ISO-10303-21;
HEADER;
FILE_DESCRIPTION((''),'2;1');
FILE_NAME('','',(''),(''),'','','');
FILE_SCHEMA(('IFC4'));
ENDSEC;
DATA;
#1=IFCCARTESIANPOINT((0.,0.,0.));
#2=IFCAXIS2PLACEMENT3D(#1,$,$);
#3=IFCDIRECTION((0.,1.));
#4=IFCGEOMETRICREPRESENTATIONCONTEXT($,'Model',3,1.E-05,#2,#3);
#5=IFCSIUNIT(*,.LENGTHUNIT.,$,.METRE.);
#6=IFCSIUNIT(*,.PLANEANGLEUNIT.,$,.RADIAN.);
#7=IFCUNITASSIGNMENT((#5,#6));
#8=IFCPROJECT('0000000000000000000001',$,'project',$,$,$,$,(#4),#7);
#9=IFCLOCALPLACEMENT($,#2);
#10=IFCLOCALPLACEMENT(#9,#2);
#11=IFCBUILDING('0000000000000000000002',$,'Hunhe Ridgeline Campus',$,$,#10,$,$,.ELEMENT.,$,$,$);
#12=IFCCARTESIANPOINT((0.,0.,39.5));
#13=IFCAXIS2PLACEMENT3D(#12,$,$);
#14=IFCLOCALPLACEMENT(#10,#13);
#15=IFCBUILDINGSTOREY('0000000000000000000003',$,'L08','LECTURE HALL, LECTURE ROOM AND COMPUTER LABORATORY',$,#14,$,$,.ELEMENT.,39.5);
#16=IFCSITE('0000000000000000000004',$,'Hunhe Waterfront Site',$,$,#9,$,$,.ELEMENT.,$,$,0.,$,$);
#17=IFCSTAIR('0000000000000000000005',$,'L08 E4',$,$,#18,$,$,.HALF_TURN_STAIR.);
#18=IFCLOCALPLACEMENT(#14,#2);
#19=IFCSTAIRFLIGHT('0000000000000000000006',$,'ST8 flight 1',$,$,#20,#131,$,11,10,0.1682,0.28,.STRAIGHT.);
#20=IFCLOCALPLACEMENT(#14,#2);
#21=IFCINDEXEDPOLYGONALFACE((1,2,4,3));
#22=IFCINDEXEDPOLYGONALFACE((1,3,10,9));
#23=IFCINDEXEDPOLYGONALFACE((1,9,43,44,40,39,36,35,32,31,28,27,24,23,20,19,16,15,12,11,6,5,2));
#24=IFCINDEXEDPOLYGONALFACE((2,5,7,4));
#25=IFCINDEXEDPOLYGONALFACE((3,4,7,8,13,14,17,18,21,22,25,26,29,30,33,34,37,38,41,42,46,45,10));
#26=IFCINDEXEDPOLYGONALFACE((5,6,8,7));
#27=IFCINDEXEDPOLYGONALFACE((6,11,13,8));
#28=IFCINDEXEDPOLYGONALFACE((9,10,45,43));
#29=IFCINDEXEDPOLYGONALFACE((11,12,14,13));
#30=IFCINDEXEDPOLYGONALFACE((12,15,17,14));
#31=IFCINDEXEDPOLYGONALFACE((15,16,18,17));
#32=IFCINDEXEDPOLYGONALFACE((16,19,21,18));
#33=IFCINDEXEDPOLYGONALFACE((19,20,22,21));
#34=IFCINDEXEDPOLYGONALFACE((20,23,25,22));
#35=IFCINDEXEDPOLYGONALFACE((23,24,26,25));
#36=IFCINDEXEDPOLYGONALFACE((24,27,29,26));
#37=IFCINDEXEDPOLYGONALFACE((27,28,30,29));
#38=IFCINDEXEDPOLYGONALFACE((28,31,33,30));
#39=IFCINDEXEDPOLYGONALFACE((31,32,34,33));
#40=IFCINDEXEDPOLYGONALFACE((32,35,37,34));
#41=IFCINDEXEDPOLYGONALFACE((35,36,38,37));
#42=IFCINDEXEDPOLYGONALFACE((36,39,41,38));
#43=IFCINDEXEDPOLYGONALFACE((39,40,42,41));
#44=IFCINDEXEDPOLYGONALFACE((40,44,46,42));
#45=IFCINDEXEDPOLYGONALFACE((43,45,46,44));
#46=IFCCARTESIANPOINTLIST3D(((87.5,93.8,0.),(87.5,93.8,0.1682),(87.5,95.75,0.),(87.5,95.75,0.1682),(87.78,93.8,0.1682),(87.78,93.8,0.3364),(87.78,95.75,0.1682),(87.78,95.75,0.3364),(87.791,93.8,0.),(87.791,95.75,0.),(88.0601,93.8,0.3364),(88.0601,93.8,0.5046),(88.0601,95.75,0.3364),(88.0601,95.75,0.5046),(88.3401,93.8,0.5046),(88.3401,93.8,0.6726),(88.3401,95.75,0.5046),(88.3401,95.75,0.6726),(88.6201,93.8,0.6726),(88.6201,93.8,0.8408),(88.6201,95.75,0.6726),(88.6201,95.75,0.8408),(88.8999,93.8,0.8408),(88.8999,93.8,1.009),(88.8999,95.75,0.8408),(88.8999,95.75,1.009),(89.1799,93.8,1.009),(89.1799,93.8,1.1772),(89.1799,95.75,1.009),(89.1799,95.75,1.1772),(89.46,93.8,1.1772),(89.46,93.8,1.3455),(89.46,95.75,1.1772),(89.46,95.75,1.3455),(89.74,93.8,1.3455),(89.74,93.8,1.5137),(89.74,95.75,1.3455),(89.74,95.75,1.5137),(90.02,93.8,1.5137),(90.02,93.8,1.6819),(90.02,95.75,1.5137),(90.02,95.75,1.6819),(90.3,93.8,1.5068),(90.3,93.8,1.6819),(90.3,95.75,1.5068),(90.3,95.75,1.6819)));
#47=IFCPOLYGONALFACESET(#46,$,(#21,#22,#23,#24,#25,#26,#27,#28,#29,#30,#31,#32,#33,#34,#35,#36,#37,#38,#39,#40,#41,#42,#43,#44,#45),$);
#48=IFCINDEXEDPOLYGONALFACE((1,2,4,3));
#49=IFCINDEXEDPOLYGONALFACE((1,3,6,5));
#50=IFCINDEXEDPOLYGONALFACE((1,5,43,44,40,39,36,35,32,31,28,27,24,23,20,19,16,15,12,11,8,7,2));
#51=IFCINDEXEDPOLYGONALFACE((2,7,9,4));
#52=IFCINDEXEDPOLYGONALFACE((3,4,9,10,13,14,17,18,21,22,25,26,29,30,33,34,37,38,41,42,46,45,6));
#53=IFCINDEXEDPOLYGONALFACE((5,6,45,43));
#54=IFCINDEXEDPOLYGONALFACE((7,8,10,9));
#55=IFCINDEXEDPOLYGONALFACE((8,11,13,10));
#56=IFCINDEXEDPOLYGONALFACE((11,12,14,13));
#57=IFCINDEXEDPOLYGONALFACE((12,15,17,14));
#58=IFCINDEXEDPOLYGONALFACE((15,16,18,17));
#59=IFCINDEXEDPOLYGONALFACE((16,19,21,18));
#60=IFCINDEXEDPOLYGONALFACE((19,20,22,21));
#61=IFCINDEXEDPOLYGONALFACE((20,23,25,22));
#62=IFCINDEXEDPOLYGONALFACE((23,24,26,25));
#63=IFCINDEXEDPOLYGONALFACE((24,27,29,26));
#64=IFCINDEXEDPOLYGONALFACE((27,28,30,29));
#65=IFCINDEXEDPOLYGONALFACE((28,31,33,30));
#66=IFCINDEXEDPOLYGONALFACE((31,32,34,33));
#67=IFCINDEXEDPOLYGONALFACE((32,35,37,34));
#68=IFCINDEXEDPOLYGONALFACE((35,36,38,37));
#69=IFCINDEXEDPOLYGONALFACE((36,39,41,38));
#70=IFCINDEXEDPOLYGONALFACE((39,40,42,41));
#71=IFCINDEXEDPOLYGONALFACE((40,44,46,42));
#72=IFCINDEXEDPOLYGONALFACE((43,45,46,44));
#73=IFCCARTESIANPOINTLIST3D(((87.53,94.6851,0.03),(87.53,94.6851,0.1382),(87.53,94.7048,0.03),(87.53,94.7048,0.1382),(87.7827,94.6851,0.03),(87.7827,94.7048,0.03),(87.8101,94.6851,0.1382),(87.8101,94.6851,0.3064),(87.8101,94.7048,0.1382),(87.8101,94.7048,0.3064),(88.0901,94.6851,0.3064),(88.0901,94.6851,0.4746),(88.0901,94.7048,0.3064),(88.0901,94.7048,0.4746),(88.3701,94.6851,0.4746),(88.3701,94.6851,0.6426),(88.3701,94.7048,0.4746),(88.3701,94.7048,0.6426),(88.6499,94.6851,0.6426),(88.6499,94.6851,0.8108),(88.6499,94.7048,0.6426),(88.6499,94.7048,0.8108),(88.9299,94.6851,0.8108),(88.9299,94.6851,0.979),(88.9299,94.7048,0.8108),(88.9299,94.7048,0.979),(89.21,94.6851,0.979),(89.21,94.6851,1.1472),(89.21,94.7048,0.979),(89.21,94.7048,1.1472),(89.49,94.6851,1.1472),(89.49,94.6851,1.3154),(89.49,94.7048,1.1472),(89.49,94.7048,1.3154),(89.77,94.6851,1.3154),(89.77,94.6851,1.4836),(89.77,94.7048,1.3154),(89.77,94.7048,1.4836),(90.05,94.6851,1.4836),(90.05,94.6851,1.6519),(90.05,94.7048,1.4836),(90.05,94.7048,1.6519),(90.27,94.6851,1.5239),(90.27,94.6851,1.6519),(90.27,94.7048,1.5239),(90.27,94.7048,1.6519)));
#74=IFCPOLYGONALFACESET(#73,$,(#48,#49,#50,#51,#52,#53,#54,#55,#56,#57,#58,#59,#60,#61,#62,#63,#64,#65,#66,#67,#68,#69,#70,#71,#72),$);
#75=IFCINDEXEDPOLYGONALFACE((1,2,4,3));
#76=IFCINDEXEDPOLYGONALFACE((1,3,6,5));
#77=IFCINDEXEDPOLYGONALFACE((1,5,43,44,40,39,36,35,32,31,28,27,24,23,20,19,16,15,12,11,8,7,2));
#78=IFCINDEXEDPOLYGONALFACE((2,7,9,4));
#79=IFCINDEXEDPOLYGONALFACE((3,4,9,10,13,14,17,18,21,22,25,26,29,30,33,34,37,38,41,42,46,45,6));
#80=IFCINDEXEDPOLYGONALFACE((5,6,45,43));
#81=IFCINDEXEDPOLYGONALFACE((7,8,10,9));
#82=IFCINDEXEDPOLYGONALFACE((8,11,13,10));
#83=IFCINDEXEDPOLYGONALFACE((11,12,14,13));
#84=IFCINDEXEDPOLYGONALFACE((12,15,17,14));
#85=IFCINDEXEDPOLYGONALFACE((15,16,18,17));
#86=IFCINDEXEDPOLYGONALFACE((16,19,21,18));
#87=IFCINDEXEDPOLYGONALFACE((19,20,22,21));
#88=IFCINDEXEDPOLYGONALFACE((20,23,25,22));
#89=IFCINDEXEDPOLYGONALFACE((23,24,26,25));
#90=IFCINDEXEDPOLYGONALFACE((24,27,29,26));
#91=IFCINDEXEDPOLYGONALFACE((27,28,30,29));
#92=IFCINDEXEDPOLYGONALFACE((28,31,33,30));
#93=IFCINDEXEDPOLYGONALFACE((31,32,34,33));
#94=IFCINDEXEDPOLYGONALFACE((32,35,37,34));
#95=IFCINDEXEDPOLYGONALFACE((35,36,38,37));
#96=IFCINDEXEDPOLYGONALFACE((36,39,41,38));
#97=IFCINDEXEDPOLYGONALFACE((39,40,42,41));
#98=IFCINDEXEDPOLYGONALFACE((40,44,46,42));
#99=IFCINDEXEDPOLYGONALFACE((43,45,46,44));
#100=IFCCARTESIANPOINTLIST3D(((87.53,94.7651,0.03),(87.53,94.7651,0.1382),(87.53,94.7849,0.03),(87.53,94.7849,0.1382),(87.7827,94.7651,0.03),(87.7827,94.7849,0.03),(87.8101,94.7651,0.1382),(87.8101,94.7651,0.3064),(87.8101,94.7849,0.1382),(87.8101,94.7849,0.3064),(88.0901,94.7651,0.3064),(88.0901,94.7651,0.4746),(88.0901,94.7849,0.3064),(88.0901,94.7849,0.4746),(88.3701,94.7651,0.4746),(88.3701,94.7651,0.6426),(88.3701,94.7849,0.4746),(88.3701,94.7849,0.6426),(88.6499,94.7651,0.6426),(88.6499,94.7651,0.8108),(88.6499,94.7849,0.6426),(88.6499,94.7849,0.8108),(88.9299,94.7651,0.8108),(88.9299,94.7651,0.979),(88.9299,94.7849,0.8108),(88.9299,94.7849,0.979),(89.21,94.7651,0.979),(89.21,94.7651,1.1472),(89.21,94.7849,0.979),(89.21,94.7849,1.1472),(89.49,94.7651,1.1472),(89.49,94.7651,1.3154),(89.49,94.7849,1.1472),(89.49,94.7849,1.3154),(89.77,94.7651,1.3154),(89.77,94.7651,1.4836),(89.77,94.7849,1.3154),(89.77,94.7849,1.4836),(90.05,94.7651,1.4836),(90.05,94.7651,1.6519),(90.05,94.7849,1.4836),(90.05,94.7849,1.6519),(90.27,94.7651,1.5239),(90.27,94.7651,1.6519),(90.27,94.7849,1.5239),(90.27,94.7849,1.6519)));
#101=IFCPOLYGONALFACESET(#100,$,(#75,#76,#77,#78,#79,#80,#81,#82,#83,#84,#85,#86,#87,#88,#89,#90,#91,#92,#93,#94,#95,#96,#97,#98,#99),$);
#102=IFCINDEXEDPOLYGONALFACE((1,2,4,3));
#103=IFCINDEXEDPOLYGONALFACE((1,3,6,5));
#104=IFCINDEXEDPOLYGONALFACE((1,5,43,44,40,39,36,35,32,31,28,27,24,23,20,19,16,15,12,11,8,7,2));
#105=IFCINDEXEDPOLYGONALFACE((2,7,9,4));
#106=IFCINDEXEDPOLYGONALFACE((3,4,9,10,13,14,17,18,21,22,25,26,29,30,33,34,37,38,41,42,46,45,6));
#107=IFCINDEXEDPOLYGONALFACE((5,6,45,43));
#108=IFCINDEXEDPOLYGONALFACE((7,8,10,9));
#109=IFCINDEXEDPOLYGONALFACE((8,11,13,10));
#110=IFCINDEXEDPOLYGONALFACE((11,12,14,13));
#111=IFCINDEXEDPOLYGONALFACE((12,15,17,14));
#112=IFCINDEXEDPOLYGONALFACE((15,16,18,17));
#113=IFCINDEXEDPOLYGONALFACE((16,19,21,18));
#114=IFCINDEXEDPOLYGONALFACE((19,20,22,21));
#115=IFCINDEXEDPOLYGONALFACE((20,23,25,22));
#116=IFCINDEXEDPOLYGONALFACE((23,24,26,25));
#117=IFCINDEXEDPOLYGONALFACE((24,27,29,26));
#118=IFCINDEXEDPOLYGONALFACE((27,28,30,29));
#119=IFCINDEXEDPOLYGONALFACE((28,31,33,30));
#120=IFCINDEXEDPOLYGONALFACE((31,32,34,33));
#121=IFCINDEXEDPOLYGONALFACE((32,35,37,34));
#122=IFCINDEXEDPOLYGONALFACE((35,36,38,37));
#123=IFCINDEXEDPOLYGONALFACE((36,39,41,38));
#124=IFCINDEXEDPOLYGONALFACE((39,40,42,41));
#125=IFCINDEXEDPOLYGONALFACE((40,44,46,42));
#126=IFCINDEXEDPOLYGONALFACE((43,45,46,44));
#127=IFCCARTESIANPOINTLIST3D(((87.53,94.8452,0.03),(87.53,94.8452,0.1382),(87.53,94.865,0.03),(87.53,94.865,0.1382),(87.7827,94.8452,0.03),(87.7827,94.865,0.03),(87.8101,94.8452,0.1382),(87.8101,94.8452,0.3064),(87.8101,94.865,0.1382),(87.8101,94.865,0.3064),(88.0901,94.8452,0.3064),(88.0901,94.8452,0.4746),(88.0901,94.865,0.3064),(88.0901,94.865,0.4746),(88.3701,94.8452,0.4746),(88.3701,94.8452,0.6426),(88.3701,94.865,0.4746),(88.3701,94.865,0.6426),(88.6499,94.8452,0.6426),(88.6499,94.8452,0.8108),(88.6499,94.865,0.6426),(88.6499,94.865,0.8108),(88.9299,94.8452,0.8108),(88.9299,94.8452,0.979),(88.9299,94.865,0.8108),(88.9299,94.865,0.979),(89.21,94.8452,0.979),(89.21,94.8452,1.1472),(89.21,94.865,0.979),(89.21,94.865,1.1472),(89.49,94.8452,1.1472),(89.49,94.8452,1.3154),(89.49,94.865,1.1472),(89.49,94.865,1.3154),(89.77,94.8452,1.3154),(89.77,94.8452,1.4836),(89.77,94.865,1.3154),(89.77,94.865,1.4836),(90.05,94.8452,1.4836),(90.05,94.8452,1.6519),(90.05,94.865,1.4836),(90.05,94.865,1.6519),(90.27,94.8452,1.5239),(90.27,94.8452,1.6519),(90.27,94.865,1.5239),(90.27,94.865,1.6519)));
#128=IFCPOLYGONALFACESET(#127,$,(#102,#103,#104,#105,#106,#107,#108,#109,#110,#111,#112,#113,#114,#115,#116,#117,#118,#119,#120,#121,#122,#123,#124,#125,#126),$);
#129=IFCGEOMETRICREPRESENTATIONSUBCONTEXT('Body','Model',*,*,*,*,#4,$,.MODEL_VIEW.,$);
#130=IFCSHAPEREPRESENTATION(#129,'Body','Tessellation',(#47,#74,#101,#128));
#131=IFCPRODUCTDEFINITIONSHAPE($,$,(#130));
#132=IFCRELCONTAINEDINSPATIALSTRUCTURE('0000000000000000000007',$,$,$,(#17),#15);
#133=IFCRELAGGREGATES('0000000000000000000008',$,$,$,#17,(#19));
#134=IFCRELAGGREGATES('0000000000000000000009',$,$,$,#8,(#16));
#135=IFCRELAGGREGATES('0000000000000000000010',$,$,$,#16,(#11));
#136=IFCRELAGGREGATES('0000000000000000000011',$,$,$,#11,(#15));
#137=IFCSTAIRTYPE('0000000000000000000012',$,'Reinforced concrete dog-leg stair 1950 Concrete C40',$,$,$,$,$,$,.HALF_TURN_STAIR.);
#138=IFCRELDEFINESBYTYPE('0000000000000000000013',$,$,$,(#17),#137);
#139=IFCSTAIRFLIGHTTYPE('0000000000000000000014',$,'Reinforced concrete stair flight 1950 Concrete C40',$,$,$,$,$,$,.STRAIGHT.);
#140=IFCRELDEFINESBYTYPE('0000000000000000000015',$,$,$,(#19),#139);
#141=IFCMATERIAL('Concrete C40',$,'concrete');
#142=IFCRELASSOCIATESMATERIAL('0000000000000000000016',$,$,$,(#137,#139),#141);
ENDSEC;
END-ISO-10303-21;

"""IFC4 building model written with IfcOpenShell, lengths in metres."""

from ifc_helpers import new_model, si_unit, direction, frame, origin, place, context, subcontext, project, spatial, polyline, outline, extrude, material, type_object, element, aggregate, save


model = new_model("IFC4")

# Units and contexts
model_context = context("Model", 3, precision=1e-05, world=origin(), true_north=direction((0.0, 1.0)))
body_context = subcontext(model_context, "Body", "Model", "MODEL_VIEW")
ifc_project = project(units=[si_unit("LENGTHUNIT", "METRE"), si_unit("PLANEANGLEUNIT", "RADIAN")], contexts=[model_context])

# Site, building, storey
site_placement = place(None, origin())
site = spatial("IfcSite", under=ifc_project, at=site_placement, Name="Hunhe Waterfront Site", CompositionType="ELEMENT", RefElevation=0.0)
building_placement = place(site_placement, origin())
building = spatial("IfcBuilding", under=site, at=building_placement, Name="Hunhe Ridgeline Campus", CompositionType="ELEMENT")
storey_placement = place(building_placement, frame((0.0, 0.0, 39.5)))
storey = spatial("IfcBuildingStorey", under=building, at=storey_placement, Name="L08", Description="LECTURE HALL, LECTURE ROOM AND COMPUTER LABORATORY", CompositionType="ELEMENT", Elevation=39.5)

# Stair, stair flight
ifc_material_1 = material(Name="Concrete C40", Category="concrete")
stair_type = type_object("IfcStairType", Name="Reinforced concrete dog-leg stair 1950 Concrete C40", PredefinedType="HALF_TURN_STAIR", material=ifc_material_1)
stair_placement = place(storey_placement, origin())
stair = element("IfcStair", 1, at=stair_placement, inside=storey, type_object=stair_type, Name="L08 E4", PredefinedType="HALF_TURN_STAIR")
stair_flight_type = type_object("IfcStairFlightType", Name="Reinforced concrete stair flight 1950 Concrete C40", PredefinedType="STRAIGHT", material=ifc_material_1)
stair_flight_1_placement = place(storey_placement, frame((87.5, 94.7749, 0.0), z_axis=(0.0, 0.0, 1.0), x_axis=(1.0, 0.0, 0.0)))
stair_flight_1 = element("IfcStairFlight", 2, at=stair_flight_1_placement, type_object=stair_flight_type, Name="ST8 flight 1", NumberOfRisers=11, NumberOfTreads=10, PredefinedType="STRAIGHT", RiserHeight=0.1682, TreadLength=0.28, context=body_context, shape_type="SweptSolid", body=[
    extrude(outline(polyline([(0.0, 0.0), (0.0, 0.1682), (0.28, 0.1682), (0.28, 0.3364), (0.5601, 0.3364), (0.5601, 0.5046), (0.8401, 0.5046), (0.8401, 0.6726), (1.1201, 0.6726), (1.1201, 0.8408), (1.3999, 0.8408), (1.3999, 1.009), (1.6799, 1.009), (1.6799, 1.1772), (1.96, 1.1772), (1.96, 1.3455), (2.24, 1.3455), (2.24, 1.5137), (2.52, 1.5137), (2.52, 1.6819), (2.8, 1.6819), (2.8, 1.8501), (2.8, 1.5068), (0.291, 0.0), (0.0, 0.0)])), frame((0.0, 0.9751, 0.0), z_axis=(0.0, -1.0, 0.0), x_axis=(1.0, 0.0, 0.0)), (0.0, 0.0, 1.0), 1.95),
    extrude(outline(polyline([(0.03, 0.03), (0.03, 0.1382), (0.3101, 0.1382), (0.3101, 0.3064), (0.5901, 0.3064), (0.5901, 0.4746), (0.8701, 0.4746), (0.8701, 0.6426), (1.1499, 0.6426), (1.1499, 0.8108), (1.4299, 0.8108), (1.4299, 0.979), (1.71, 0.979), (1.71, 1.1472), (1.99, 1.1472), (1.99, 1.3154), (2.27, 1.3154), (2.27, 1.4836), (2.55, 1.4836), (2.55, 1.6519), (2.77, 1.6519), (2.77, 1.5239), (0.2827, 0.03), (0.03, 0.03)])), frame((0.0, -0.0701, 0.0), z_axis=(0.0, -1.0, 0.0), x_axis=(1.0, 0.0, 0.0)), (0.0, 0.0, 1.0), 0.0198),
    extrude(outline(polyline([(0.03, 0.03), (0.03, 0.1382), (0.3101, 0.1382), (0.3101, 0.3064), (0.5901, 0.3064), (0.5901, 0.4746), (0.8701, 0.4746), (0.8701, 0.6426), (1.1499, 0.6426), (1.1499, 0.8108), (1.4299, 0.8108), (1.4299, 0.979), (1.71, 0.979), (1.71, 1.1472), (1.99, 1.1472), (1.99, 1.3154), (2.27, 1.3154), (2.27, 1.4836), (2.55, 1.4836), (2.55, 1.6519), (2.77, 1.6519), (2.77, 1.5239), (0.2827, 0.03), (0.03, 0.03)])), frame((0.0, 0.01, 0.0), z_axis=(0.0, -1.0, 0.0), x_axis=(1.0, 0.0, 0.0)), (0.0, 0.0, 1.0), 0.0198),
    extrude(outline(polyline([(0.03, 0.03), (0.03, 0.1382), (0.3101, 0.1382), (0.3101, 0.3064), (0.5901, 0.3064), (0.5901, 0.4746), (0.8701, 0.4746), (0.8701, 0.6426), (1.1499, 0.6426), (1.1499, 0.8108), (1.4299, 0.8108), (1.4299, 0.979), (1.71, 0.979), (1.71, 1.1472), (1.99, 1.1472), (1.99, 1.3154), (2.27, 1.3154), (2.27, 1.4836), (2.55, 1.4836), (2.55, 1.6519), (2.77, 1.6519), (2.77, 1.5239), (0.2827, 0.03), (0.03, 0.03)])), frame((0.0, 0.0901, 0.0), z_axis=(0.0, -1.0, 0.0), x_axis=(1.0, 0.0, 0.0)), (0.0, 0.0, 1.0), 0.0198),
])
aggregate(stair, [stair_flight_1])

save(model, "model.ifc")
